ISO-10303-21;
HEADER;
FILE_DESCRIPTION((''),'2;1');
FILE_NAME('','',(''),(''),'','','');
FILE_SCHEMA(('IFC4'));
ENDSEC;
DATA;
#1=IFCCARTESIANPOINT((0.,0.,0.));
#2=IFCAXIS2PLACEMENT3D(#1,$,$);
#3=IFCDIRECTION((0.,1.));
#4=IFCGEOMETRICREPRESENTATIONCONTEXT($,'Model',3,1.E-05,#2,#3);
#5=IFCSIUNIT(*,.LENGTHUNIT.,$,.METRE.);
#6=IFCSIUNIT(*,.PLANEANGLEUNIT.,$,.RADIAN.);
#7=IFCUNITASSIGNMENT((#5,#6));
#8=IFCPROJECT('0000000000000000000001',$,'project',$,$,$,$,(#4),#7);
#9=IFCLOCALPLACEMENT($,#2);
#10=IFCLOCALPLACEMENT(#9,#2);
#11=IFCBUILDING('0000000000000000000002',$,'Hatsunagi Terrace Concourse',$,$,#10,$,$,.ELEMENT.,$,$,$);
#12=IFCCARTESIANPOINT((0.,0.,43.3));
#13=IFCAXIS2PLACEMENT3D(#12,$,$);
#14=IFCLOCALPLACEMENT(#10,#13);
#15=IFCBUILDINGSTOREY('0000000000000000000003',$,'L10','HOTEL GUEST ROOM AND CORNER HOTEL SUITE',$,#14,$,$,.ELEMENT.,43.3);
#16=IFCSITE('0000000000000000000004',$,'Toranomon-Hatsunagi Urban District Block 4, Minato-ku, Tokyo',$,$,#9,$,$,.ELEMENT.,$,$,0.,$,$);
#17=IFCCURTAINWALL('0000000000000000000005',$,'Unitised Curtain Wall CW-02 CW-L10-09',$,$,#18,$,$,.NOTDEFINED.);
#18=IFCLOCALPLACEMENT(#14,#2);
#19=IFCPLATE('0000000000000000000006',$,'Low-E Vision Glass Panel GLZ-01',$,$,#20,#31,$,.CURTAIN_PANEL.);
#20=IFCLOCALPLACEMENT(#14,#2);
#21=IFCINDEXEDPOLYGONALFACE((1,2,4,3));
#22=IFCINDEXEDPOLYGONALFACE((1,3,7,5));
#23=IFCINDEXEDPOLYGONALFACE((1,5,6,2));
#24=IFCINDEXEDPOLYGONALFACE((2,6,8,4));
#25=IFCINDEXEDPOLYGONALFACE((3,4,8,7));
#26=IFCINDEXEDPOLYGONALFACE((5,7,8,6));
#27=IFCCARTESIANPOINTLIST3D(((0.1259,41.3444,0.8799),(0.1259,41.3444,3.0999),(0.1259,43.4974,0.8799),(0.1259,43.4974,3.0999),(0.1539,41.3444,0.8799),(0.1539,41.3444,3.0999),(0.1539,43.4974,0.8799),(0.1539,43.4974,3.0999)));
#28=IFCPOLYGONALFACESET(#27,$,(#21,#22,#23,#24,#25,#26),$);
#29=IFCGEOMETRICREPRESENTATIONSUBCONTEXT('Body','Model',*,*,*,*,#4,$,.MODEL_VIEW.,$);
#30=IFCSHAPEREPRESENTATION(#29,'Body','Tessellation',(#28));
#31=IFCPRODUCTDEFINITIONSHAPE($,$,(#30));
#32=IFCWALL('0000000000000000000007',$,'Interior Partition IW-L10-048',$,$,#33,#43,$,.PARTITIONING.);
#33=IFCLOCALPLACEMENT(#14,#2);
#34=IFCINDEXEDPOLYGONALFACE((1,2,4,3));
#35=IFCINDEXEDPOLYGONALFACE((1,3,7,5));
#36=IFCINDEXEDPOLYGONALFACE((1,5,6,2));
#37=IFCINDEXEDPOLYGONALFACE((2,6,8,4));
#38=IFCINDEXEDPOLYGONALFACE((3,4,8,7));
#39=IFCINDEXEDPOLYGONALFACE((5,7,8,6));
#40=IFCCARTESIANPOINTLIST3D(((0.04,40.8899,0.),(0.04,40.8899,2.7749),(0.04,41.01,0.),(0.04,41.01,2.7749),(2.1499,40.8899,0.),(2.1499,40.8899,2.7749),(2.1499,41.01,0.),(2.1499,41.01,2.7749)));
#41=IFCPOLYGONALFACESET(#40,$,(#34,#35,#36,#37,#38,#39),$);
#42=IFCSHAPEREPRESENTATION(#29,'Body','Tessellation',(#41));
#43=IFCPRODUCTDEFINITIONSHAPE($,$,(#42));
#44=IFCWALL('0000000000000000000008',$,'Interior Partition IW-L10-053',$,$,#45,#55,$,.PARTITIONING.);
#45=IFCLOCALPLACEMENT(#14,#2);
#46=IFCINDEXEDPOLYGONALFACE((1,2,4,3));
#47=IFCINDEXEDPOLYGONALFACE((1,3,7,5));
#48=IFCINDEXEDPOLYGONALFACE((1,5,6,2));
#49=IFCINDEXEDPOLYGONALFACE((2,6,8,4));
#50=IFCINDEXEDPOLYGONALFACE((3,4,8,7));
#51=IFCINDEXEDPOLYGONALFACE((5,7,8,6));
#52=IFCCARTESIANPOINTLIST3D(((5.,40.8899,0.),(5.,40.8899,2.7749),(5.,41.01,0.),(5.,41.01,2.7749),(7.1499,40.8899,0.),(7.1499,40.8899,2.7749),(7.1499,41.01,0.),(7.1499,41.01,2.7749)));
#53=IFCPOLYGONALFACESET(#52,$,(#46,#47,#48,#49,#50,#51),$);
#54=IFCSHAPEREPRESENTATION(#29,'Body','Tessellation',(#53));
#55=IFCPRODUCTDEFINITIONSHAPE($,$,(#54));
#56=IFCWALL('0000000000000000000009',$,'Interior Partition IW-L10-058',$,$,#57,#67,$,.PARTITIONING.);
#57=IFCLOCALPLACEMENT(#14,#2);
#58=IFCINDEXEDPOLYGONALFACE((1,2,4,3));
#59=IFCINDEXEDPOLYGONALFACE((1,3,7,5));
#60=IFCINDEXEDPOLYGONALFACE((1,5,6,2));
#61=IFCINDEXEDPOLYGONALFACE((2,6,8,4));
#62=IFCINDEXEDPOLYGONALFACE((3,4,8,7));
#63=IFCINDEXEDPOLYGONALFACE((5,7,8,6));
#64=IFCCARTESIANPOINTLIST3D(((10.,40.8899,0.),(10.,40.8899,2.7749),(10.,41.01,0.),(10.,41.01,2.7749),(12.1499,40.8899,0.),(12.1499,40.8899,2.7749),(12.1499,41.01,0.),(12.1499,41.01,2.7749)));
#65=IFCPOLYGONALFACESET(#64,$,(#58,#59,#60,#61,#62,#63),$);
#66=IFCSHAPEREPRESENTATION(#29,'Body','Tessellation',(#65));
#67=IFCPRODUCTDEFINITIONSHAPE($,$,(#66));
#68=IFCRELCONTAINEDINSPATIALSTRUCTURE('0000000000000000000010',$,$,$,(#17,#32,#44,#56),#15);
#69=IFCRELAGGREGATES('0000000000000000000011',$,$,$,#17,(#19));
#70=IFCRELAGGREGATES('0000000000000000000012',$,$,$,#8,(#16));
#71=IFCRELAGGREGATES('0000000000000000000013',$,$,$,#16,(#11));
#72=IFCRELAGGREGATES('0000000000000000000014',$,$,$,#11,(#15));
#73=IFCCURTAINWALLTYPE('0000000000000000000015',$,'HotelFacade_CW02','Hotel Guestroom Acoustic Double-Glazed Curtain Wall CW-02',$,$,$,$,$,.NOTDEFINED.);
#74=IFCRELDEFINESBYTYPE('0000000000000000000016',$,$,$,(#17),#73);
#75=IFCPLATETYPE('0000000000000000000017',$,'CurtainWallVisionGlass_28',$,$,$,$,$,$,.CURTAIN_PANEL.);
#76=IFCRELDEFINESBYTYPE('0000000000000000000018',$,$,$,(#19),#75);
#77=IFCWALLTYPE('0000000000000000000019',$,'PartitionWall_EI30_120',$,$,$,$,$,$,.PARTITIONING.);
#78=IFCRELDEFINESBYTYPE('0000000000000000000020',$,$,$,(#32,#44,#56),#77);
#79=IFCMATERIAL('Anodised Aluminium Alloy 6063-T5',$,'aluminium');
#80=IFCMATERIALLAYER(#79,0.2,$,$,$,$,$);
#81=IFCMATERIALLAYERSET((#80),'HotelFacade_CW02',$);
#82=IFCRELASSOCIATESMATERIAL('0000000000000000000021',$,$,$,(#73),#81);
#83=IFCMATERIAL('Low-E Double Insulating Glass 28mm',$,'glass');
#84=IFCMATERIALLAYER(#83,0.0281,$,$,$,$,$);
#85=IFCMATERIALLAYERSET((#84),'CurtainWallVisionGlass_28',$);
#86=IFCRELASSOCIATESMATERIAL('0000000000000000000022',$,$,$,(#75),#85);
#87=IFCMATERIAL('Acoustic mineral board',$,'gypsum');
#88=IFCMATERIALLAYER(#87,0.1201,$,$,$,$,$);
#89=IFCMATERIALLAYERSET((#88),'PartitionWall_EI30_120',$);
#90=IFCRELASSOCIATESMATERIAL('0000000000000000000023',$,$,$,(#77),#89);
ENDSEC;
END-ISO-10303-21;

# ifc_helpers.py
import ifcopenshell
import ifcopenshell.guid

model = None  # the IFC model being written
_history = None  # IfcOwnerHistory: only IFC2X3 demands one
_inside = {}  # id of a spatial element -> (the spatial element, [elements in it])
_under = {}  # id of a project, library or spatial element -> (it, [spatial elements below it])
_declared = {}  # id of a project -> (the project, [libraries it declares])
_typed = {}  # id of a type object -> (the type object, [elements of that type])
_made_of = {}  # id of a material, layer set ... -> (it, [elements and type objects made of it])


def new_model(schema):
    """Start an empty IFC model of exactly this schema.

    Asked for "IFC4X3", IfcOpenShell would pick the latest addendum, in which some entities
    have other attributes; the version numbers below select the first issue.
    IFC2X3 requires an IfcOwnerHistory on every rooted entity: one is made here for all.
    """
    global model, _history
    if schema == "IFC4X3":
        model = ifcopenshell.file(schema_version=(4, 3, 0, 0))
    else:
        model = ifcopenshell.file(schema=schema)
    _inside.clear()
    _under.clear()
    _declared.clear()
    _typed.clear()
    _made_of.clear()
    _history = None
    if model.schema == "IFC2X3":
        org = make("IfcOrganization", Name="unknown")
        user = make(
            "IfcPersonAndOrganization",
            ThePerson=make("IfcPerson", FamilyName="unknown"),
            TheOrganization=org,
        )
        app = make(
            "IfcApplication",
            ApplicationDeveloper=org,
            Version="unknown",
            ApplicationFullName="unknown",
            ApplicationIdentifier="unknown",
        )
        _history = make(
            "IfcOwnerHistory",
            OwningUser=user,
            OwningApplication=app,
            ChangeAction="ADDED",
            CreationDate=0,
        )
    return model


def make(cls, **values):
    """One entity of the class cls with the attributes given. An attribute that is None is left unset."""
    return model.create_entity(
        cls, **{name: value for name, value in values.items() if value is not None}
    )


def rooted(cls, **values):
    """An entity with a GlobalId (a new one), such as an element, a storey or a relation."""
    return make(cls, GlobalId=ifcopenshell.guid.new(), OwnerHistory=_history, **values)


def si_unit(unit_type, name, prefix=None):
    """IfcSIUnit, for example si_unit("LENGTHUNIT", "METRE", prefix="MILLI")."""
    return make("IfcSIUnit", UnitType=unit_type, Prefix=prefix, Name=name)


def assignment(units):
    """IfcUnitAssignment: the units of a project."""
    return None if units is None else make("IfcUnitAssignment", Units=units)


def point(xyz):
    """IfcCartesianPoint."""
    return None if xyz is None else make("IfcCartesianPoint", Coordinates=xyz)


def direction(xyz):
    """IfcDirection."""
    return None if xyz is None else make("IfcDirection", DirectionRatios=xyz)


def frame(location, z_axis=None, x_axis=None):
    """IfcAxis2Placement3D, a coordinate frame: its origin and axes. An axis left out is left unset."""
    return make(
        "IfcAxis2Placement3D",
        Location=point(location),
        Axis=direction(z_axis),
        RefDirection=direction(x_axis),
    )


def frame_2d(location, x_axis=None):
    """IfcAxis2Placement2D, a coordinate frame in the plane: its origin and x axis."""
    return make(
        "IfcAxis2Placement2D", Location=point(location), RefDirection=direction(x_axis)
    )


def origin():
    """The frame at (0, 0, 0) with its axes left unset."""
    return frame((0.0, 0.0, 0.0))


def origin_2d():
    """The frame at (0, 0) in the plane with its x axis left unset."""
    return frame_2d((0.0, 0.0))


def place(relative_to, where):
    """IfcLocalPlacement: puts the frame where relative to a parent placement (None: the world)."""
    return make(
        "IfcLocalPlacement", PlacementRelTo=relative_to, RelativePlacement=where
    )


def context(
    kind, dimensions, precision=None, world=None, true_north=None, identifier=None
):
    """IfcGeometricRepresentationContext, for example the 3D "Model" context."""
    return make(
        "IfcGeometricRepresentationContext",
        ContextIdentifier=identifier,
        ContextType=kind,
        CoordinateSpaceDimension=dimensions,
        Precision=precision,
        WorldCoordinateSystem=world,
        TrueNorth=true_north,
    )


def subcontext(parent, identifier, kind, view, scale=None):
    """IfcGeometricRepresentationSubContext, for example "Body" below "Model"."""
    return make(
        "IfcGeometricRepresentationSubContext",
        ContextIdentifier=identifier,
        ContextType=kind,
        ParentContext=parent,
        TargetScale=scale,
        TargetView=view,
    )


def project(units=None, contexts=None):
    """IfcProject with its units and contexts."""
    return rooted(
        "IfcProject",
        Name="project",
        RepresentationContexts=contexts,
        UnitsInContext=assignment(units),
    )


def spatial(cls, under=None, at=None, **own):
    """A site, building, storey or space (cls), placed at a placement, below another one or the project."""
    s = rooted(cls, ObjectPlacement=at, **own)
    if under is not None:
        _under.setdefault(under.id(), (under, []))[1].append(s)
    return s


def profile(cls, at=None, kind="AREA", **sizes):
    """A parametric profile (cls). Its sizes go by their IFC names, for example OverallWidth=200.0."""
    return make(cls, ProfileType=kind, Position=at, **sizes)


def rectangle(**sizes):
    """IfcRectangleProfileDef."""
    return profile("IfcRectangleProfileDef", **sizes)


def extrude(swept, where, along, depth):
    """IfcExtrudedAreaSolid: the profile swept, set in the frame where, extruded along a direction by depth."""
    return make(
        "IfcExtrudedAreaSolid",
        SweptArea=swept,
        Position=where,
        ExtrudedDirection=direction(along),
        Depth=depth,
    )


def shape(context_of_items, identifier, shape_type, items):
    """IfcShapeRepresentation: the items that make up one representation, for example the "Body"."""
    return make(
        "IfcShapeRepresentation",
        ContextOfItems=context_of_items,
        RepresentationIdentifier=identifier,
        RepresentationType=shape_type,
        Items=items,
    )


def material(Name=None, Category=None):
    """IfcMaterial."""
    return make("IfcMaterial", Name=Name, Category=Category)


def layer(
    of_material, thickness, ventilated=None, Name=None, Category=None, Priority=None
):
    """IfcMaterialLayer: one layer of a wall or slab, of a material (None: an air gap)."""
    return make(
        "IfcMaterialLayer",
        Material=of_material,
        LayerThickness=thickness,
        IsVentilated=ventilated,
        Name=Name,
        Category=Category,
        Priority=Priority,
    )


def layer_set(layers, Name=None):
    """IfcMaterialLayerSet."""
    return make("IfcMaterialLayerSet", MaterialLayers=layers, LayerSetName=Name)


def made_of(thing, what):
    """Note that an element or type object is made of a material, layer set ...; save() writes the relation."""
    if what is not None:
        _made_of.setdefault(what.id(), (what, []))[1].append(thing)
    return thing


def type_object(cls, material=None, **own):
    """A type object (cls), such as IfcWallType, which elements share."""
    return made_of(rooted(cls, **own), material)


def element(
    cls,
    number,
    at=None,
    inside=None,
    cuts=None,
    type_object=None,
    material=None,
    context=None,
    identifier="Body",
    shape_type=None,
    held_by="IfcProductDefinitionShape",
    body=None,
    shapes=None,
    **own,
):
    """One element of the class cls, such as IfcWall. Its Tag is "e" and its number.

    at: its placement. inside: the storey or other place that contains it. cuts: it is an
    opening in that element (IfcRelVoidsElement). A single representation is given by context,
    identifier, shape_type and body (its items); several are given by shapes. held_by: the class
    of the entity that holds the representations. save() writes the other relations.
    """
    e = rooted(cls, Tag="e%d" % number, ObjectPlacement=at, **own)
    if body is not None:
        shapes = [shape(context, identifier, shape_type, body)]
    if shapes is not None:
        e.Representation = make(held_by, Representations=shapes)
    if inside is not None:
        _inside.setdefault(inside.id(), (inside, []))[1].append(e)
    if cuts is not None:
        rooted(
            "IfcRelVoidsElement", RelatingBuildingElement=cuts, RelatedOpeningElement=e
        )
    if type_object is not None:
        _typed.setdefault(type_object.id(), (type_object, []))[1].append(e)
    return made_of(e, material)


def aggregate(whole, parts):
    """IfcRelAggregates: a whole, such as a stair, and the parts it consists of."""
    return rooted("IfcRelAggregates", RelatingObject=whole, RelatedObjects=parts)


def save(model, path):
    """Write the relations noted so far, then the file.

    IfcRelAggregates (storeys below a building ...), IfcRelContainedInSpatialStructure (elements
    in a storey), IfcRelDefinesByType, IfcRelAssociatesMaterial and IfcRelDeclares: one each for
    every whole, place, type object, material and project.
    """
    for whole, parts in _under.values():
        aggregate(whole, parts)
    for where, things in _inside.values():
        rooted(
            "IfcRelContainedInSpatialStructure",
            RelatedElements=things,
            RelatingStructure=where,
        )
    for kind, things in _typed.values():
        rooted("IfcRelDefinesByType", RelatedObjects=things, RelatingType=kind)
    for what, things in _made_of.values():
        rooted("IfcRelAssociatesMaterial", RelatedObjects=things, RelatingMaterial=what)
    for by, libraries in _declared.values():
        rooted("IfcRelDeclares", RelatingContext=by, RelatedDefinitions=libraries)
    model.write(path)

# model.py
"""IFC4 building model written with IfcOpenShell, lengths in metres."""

from ifc_helpers import new_model, si_unit, direction, frame, frame_2d, origin, origin_2d, place, context, subcontext, project, spatial, rectangle, extrude, material, layer, layer_set, type_object, element, aggregate, save


model = new_model("IFC4")

# Units and contexts
model_context = context("Model", 3, precision=1e-05, world=origin(), true_north=direction((0.0, 1.0)))
body_context = subcontext(model_context, "Body", "Model", "MODEL_VIEW")
ifc_project = project(units=[si_unit("LENGTHUNIT", "METRE"), si_unit("PLANEANGLEUNIT", "RADIAN")], contexts=[model_context])

# Site, building, storey
site_placement = place(None, origin())
site = spatial("IfcSite", under=ifc_project, at=site_placement, Name="Toranomon-Hatsunagi Urban District Block 4, Minato-ku, Tokyo", CompositionType="ELEMENT", RefElevation=0.0)
building_placement = place(site_placement, origin())
building = spatial("IfcBuilding", under=site, at=building_placement, Name="Hatsunagi Terrace Concourse", CompositionType="ELEMENT")
storey_placement = place(building_placement, frame((0.0, 0.0, 43.3)))
storey = spatial("IfcBuildingStorey", under=building, at=storey_placement, Name="L10", Description="HOTEL GUEST ROOM AND CORNER HOTEL SUITE", CompositionType="ELEMENT", Elevation=43.3)

# Curtain wall
ifc_material_1 = material(Name="Anodised Aluminium Alloy 6063-T5", Category="aluminium")
ifc_layer_1 = layer(ifc_material_1, 0.2)
ifc_layer_set_1 = layer_set([ifc_layer_1], Name="HotelFacade_CW02")
curtain_wall_type = type_object("IfcCurtainWallType", Name="HotelFacade_CW02", Description="Hotel Guestroom Acoustic Double-Glazed Curtain Wall CW-02", PredefinedType="NOTDEFINED", material=ifc_layer_set_1)
curtain_wall_placement = place(storey_placement, origin())
curtain_wall = element("IfcCurtainWall", 1, at=curtain_wall_placement, inside=storey, type_object=curtain_wall_type, Name="Unitised Curtain Wall CW-02 CW-L10-09", PredefinedType="NOTDEFINED")

# Plate
ifc_material_2 = material(Name="Low-E Double Insulating Glass 28mm", Category="glass")
ifc_layer_2 = layer(ifc_material_2, 0.0281)
ifc_layer_set_2 = layer_set([ifc_layer_2], Name="CurtainWallVisionGlass_28")
plate_type_1 = type_object("IfcPlateType", Name="CurtainWallVisionGlass_28", PredefinedType="CURTAIN_PANEL", material=ifc_layer_set_2)
plate_1_placement = place(storey_placement, frame((0.1399, 42.4209, 0.8799), z_axis=(0.0, 0.0, 1.0), x_axis=(0.0, 1.0, 0.0)))
plate_1 = element("IfcPlate", 2, at=plate_1_placement, type_object=plate_type_1, Name="Low-E Vision Glass Panel GLZ-01", PredefinedType="CURTAIN_PANEL", context=body_context, shape_type="SweptSolid", body=[
    extrude(rectangle(XDim=2.1531, YDim=0.0281, at=origin_2d()), origin(), (0.0, 0.0, 1.0), 2.22),
])
aggregate(curtain_wall, [plate_1])

# Walls
ifc_material_3 = material(Name="Acoustic mineral board", Category="gypsum")
ifc_layer_3 = layer(ifc_material_3, 0.1201)
ifc_layer_set_3 = layer_set([ifc_layer_3], Name="PartitionWall_EI30_120")
wall_type = type_object("IfcWallType", Name="PartitionWall_EI30_120", PredefinedType="PARTITIONING", material=ifc_layer_set_3)
wall_placement = place(storey_placement, frame((0.04, 40.95, 0.0), z_axis=(0.0, 0.0, 1.0), x_axis=(1.0, 0.0, 0.0)))
element("IfcWall", 3, at=wall_placement, inside=storey, type_object=wall_type, Name="Interior Partition IW-L10-048", PredefinedType="PARTITIONING", context=body_context, shape_type="SweptSolid", body=[
    extrude(rectangle(XDim=2.1099, YDim=0.1201, at=frame_2d((1.0549, 0.0))), origin(), (0.0, 0.0, 1.0), 2.7749),
])
for number, where, z_axis, x_axis, name in (
    (4, (5.0, 40.95, 0.0), (0.0, 0.0, 1.0), (1.0, 0.0, 0.0), "Interior Partition IW-L10-053"),
    (5, (10.0, 40.95, 0.0), (0.0, 0.0, 1.0), (1.0, 0.0, 0.0), "Interior Partition IW-L10-058"),
):
    element("IfcWall", number, at=place(storey_placement, frame(where, z_axis=z_axis, x_axis=x_axis)), inside=storey, type_object=wall_type, Name=name, PredefinedType="PARTITIONING", context=body_context, shape_type="SweptSolid", body=[
        extrude(rectangle(XDim=2.1499, YDim=0.1201, at=frame_2d((1.075, 0.0))), origin(), (0.0, 0.0, 1.0), 2.7749),
    ])

save(model, "model.ifc")
